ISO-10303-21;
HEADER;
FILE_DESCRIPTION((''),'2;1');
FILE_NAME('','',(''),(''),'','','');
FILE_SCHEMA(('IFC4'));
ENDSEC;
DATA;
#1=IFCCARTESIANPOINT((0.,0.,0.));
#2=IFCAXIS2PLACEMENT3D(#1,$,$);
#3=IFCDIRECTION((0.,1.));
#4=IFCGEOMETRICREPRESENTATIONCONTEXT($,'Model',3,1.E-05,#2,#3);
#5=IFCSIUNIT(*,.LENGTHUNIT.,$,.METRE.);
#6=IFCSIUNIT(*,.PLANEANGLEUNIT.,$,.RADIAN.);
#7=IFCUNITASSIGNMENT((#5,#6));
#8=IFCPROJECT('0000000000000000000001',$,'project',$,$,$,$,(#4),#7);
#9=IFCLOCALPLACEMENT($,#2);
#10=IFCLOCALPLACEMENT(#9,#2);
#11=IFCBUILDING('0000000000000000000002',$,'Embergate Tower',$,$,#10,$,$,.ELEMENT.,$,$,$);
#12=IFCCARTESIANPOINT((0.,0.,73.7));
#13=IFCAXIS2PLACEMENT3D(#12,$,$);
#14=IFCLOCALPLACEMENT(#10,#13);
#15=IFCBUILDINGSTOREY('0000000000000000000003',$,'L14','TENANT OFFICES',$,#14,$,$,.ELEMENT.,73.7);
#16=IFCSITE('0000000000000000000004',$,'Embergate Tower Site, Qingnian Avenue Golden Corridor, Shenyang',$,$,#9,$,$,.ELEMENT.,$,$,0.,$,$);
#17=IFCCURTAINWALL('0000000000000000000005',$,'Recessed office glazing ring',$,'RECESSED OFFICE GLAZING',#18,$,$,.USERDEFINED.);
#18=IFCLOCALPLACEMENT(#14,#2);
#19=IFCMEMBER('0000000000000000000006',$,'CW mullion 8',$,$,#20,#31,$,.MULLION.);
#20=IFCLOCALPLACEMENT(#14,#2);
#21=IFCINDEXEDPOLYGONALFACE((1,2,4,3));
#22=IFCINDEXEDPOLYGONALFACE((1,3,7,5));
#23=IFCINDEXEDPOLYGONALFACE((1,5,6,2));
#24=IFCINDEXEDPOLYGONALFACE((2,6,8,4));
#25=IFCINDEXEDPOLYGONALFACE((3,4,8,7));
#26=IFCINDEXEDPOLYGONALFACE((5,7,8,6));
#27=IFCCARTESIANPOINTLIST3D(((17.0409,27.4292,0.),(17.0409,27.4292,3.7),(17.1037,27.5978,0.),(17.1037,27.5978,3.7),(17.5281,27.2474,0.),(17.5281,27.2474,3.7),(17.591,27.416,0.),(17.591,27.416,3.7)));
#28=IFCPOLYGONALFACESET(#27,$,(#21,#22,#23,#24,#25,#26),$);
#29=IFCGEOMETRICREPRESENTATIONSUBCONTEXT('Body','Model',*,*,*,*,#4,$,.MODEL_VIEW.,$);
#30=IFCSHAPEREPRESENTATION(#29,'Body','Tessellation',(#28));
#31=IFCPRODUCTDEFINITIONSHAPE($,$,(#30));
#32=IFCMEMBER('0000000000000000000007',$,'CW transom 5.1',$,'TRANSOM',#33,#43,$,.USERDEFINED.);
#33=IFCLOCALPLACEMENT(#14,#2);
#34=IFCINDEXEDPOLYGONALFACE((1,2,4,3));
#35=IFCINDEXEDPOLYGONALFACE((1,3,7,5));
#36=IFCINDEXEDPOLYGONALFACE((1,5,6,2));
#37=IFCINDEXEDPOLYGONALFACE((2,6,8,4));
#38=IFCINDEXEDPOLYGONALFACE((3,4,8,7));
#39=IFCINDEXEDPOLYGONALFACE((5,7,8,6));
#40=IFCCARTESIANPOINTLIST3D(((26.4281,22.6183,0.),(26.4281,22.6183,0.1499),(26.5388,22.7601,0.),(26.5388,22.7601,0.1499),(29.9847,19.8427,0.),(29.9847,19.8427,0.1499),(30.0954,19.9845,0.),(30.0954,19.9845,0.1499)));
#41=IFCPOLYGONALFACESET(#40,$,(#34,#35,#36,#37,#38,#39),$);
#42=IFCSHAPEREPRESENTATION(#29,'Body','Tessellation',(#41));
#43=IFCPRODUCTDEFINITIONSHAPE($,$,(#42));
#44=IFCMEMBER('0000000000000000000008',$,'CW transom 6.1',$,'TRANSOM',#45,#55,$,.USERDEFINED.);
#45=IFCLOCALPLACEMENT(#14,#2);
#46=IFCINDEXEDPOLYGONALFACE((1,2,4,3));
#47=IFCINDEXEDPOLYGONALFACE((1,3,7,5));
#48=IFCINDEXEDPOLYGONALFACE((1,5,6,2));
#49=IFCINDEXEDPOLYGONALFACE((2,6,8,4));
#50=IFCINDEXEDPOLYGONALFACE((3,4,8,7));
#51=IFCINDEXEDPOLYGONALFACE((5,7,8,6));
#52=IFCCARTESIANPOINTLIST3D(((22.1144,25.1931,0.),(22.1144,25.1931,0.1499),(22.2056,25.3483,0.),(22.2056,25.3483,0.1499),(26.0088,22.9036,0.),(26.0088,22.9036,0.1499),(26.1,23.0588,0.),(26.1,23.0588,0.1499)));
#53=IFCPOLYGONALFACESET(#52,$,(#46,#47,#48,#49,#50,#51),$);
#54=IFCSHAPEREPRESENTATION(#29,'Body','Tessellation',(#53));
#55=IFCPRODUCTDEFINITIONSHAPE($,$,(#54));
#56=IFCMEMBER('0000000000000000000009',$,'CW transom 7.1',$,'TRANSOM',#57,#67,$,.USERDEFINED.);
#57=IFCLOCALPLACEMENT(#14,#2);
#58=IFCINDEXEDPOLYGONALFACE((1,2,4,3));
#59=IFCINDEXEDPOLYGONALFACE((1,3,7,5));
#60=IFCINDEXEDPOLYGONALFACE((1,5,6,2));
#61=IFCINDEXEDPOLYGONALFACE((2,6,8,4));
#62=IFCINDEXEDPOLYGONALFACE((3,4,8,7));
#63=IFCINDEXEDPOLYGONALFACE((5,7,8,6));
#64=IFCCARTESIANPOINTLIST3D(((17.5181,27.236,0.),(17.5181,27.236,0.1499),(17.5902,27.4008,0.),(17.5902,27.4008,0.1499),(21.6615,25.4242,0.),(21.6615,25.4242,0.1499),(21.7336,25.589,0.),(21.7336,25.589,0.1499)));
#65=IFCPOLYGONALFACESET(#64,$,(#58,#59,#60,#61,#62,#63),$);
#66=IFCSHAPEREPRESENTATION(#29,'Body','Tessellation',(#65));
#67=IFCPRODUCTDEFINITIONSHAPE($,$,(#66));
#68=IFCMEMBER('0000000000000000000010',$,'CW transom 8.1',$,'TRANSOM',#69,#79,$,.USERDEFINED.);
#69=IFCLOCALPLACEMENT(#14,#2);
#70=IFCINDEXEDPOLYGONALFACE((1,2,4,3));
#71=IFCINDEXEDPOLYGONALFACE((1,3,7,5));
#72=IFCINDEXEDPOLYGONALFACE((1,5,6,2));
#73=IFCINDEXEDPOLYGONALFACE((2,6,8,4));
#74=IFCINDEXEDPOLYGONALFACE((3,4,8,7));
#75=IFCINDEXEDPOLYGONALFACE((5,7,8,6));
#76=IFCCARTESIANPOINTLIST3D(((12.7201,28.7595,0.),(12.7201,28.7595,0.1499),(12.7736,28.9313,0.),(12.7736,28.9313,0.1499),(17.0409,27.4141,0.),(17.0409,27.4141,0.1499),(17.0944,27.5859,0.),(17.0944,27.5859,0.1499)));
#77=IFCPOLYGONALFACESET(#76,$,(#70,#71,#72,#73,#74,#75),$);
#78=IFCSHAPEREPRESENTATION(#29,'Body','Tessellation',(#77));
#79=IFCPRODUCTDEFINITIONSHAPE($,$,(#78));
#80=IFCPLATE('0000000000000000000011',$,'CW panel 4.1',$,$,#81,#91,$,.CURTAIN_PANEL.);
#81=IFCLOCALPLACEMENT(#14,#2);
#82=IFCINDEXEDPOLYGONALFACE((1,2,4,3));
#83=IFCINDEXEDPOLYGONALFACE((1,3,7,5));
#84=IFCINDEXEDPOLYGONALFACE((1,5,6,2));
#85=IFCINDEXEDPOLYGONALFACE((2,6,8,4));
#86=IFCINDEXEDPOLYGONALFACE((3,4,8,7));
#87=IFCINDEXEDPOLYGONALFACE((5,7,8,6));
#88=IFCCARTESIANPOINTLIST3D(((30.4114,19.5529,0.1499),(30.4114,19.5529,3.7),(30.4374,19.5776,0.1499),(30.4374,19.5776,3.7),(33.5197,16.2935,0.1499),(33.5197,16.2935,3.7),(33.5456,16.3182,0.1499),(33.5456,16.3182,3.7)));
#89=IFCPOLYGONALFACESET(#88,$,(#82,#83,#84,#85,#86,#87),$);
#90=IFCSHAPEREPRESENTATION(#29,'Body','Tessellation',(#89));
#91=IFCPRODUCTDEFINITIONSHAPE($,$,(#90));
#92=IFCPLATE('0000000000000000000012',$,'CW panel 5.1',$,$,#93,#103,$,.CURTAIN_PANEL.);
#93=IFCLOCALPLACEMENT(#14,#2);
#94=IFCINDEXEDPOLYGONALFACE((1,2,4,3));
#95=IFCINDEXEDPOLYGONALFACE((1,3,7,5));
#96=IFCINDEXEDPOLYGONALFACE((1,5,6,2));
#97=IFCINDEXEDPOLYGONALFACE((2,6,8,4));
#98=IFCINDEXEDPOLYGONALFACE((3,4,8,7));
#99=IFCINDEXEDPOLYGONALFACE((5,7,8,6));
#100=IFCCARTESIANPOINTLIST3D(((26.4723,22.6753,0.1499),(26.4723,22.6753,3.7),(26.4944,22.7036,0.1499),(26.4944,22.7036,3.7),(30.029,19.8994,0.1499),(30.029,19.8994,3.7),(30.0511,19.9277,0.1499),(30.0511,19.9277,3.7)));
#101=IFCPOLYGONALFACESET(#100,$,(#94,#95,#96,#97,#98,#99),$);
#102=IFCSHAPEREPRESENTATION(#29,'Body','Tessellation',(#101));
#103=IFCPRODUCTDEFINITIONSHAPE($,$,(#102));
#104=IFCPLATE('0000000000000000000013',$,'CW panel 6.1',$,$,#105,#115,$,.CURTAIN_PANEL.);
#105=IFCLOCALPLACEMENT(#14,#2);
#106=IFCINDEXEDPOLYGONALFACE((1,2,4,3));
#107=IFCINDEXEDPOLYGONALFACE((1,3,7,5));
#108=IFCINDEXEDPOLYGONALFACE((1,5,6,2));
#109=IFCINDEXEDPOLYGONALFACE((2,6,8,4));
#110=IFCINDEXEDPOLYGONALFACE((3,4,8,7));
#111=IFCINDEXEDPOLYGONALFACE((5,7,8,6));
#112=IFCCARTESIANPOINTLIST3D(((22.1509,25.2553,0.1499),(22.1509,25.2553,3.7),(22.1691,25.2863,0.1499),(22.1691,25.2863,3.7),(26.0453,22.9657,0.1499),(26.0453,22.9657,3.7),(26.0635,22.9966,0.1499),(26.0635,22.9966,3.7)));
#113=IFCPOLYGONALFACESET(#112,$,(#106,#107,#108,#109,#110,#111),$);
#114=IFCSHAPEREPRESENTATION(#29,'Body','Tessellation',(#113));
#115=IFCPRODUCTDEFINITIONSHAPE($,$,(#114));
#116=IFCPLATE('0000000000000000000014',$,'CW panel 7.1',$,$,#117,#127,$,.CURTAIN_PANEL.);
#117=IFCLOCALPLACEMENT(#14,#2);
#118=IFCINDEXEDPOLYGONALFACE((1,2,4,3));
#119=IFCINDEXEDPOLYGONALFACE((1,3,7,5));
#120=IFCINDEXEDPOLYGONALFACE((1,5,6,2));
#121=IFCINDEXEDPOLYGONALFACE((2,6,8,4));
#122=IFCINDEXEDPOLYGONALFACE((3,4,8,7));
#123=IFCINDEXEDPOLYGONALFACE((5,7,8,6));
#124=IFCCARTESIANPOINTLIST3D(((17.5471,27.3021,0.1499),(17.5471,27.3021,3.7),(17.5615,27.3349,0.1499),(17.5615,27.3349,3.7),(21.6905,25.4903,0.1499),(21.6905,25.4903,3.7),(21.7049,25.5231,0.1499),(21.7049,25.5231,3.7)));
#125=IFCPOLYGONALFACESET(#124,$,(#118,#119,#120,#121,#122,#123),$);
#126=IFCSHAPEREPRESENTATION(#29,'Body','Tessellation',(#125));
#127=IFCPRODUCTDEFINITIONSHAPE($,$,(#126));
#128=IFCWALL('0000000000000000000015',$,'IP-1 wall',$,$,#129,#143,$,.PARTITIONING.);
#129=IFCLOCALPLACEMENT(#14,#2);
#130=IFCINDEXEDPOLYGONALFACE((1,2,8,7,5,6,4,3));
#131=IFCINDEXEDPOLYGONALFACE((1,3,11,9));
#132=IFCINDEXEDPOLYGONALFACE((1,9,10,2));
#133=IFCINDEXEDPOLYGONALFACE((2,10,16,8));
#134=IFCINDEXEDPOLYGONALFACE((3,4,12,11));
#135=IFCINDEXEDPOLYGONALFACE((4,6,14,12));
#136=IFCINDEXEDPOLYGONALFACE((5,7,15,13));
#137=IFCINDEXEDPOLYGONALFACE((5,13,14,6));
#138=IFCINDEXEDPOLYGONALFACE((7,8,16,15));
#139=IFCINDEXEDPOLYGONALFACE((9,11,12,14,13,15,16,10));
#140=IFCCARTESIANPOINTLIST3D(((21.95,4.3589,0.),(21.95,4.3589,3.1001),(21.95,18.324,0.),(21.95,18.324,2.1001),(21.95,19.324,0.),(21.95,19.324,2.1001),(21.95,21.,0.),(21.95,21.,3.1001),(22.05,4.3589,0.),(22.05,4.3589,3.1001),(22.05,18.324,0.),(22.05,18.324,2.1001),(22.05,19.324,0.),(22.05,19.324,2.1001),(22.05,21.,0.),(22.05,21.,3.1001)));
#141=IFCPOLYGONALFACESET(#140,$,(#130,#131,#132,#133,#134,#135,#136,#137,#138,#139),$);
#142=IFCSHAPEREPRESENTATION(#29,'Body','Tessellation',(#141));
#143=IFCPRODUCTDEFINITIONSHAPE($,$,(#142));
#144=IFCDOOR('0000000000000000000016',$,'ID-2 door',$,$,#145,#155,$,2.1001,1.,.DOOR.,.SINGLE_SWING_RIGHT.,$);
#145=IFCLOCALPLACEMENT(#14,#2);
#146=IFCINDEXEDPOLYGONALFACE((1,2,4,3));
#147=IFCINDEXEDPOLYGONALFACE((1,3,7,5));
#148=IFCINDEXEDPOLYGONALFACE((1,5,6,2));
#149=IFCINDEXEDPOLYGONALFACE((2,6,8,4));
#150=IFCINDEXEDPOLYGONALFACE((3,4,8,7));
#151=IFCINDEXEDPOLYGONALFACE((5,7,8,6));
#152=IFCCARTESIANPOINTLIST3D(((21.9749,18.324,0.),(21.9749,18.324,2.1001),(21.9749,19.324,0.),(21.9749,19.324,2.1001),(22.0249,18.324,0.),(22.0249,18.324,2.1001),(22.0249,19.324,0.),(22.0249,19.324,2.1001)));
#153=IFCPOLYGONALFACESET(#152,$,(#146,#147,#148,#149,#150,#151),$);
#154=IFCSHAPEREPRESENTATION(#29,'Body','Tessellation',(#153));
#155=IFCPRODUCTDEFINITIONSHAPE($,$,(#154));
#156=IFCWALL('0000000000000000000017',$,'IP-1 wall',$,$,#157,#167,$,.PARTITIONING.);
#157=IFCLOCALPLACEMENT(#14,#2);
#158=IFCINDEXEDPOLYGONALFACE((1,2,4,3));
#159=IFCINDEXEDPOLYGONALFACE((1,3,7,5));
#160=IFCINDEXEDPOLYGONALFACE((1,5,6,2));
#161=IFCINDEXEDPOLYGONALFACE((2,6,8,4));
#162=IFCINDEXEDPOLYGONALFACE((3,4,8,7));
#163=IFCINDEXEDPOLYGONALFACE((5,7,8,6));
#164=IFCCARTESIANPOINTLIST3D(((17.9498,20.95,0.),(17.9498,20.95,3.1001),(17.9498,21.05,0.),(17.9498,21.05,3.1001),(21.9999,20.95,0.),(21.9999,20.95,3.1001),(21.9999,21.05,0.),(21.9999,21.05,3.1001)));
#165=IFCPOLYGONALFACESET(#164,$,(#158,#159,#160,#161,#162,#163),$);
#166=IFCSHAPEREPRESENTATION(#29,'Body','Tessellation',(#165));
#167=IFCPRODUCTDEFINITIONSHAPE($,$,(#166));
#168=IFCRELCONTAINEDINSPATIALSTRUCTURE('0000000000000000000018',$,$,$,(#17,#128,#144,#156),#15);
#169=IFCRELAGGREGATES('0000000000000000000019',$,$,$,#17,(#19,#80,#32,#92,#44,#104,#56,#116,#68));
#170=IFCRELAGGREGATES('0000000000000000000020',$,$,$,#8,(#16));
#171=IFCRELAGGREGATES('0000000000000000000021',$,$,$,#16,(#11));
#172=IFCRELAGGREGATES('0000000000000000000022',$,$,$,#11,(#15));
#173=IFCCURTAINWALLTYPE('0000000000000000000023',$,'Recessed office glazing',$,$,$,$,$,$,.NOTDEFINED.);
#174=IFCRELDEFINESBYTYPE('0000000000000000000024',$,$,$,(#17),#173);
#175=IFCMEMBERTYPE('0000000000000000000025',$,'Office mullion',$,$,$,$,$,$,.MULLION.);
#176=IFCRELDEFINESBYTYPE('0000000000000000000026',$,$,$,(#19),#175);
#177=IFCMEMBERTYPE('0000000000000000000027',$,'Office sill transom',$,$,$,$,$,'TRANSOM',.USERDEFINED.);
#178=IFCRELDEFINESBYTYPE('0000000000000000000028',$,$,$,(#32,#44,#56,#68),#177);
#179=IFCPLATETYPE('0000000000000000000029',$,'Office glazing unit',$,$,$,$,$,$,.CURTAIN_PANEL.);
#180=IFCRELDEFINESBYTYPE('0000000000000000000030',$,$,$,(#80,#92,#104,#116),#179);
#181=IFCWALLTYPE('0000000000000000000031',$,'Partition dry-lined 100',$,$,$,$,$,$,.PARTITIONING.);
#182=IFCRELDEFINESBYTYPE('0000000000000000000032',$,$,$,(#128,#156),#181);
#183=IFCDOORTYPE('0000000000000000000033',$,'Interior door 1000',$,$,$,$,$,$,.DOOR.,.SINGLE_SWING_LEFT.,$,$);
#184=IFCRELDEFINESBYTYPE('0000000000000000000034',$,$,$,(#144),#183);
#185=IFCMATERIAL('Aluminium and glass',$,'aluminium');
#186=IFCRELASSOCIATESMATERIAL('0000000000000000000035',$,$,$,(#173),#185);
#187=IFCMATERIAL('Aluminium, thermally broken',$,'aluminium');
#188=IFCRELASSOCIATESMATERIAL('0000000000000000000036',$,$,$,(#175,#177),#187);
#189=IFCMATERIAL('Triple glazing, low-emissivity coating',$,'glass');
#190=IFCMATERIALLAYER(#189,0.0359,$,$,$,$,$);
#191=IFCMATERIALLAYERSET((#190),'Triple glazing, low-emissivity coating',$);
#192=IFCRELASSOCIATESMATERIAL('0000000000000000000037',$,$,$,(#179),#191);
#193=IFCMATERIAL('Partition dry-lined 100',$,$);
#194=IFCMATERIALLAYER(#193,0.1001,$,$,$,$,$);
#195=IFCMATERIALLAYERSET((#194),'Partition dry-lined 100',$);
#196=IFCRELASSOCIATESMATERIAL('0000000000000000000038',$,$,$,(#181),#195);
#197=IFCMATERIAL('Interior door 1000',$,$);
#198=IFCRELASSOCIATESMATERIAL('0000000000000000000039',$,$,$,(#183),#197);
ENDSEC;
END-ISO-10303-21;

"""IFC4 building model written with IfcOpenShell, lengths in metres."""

from ifc_helpers import new_model, si_unit, direction, frame, frame_2d, origin, origin_2d, place, context, subcontext, project, spatial, rectangle, extrude, source, transform, mapped, material, layer, layer_set, material_profile, profile_set, type_object, element, fill, aggregate, save


model = new_model("IFC4")

# Units and contexts
model_context = context("Model", 3, precision=1e-05, world=origin(), true_north=direction((0.0, 1.0)))
body_context = subcontext(model_context, "Body", "Model", "MODEL_VIEW")
ifc_project = project(units=[si_unit("LENGTHUNIT", "METRE"), si_unit("PLANEANGLEUNIT", "RADIAN")], contexts=[model_context])

# Site, building, storey
site_placement = place(None, origin())
site = spatial("IfcSite", under=ifc_project, at=site_placement, Name="Embergate Tower Site, Qingnian Avenue Golden Corridor, Shenyang", CompositionType="ELEMENT", RefElevation=0.0)
building_placement = place(site_placement, origin())
building = spatial("IfcBuilding", under=site, at=building_placement, Name="Embergate Tower", CompositionType="ELEMENT")
storey_placement = place(building_placement, frame((0.0, 0.0, 73.7)))
storey = spatial("IfcBuildingStorey", under=building, at=storey_placement, Name="L14", Description="TENANT OFFICES", CompositionType="ELEMENT", Elevation=73.7)

# Curtain wall, members, plates
ifc_material_1 = material(Name="Aluminium and glass", Category="aluminium")
curtain_wall_type = type_object("IfcCurtainWallType", Name="Recessed office glazing", PredefinedType="NOTDEFINED", material=ifc_material_1)
curtain_wall_placement = place(storey_placement, origin())
curtain_wall = element("IfcCurtainWall", 1, at=curtain_wall_placement, inside=storey, type_object=curtain_wall_type, Name="Recessed office glazing ring", ObjectType="RECESSED OFFICE GLAZING", PredefinedType="USERDEFINED")
ifc_material_2 = material(Name="Aluminium, thermally broken", Category="aluminium")
ifc_material_profile_1 = material_profile(ifc_material_2, rectangle(XDim=0.1799, YDim=0.52, at=origin_2d()), Name="AL 520x180")
ifc_profile_set_1 = profile_set([ifc_material_profile_1], Name="Aluminium, thermally broken")
member_type_1 = type_object("IfcMemberType", Name="Office mullion", PredefinedType="MULLION", material=ifc_profile_set_1)
shared_shape_1 = source(origin(), body_context, "Body", "SweptSolid", [
    extrude(rectangle(XDim=0.1799, YDim=0.52, at=origin_2d()), origin(), (0.0, 0.0, 1.0), 3.7),
])
member_1_placement = place(storey_placement, frame((17.3159, 27.4226, 0.0), z_axis=(0.0, 0.0, 1.0), x_axis=(-0.349508, -0.936934, 0.0)))
member_1 = element("IfcMember", 2, at=member_1_placement, type_object=member_type_1, Name="CW mullion 8", PredefinedType="MULLION", context=body_context, shape_type="MappedRepresentation", body=[
    mapped(shared_shape_1, transform((0.0, 0.0, 0.0))),
])
ifc_material_profile_2 = material_profile(ifc_material_2, rectangle(XDim=0.1799, YDim=0.1499, at=origin_2d()), Name="AL 150x180")
ifc_profile_set_2 = profile_set([ifc_material_profile_2], Name="Aluminium, thermally broken")
member_type_2 = type_object("IfcMemberType", Name="Office sill transom", ElementType="TRANSOM", PredefinedType="USERDEFINED", material=ifc_profile_set_2)
shared_shape_2 = source(origin(), body_context, "Body", "SweptSolid", [
    extrude(rectangle(XDim=0.1799, YDim=0.1499, at=origin_2d()), origin(), (0.0, 0.0, 1.0), 4.5115),
])
member_2_placement = place(storey_placement, frame((30.04, 19.9136, 0.075), z_axis=(-0.788346, 0.615232, 0.0), x_axis=(-0.615232, -0.788346, 0.0)))
member_2 = element("IfcMember", 3, at=member_2_placement, type_object=member_type_2, Name="CW transom 5.1", ObjectType="TRANSOM", PredefinedType="USERDEFINED", context=body_context, shape_type="MappedRepresentation", body=[
    mapped(shared_shape_2, transform((0.0, 0.0, 0.0))),
])
shared_shape_3 = source(origin(), body_context, "Body", "SweptSolid", [
    extrude(rectangle(XDim=0.1799, YDim=0.1499, at=origin_2d()), origin(), (0.0, 0.0, 1.0), 4.5176),
])
member_3_placement = place(storey_placement, frame((26.0544, 22.9812, 0.075), z_axis=(-0.862065, 0.506798, 0.0), x_axis=(-0.506798, -0.862065, 0.0)))
member_3 = element("IfcMember", 4, at=member_3_placement, type_object=member_type_2, Name="CW transom 6.1", ObjectType="TRANSOM", PredefinedType="USERDEFINED", context=body_context, shape_type="MappedRepresentation", body=[
    mapped(shared_shape_3, transform((0.0, 0.0, 0.0))),
])
shared_shape_4 = source(origin(), body_context, "Body", "SweptSolid", [
    extrude(rectangle(XDim=0.1799, YDim=0.1499, at=origin_2d()), origin(), (0.0, 0.0, 1.0), 4.5222),
])
member_4_placement = place(storey_placement, frame((21.6975, 25.5066, 0.075), z_axis=(-0.916233, 0.400646, 0.0), x_axis=(-0.400646, -0.916233, 0.0)))
member_4 = element("IfcMember", 5, at=member_4_placement, type_object=member_type_2, Name="CW transom 7.1", ObjectType="TRANSOM", PredefinedType="USERDEFINED", context=body_context, shape_type="MappedRepresentation", body=[
    mapped(shared_shape_4, transform((0.0, 0.0, 0.0))),
])
shared_shape_5 = source(origin(), body_context, "Body", "SweptSolid", [
    extrude(rectangle(XDim=0.1799, YDim=0.1499, at=origin_2d()), origin(), (0.0, 0.0, 1.0), 4.5254),
])
member_5_placement = place(storey_placement, frame((17.0676, 27.5, 0.075), z_axis=(-0.954781, 0.29731, 0.0), x_axis=(-0.29731, -0.954781, 0.0)))
member_5 = element("IfcMember", 6, at=member_5_placement, type_object=member_type_2, Name="CW transom 8.1", ObjectType="TRANSOM", PredefinedType="USERDEFINED", context=body_context, shape_type="MappedRepresentation", body=[
    mapped(shared_shape_5, transform((0.0, 0.0, 0.0))),
])
ifc_material_3 = material(Name="Triple glazing, low-emissivity coating", Category="glass")
ifc_layer_1 = layer(ifc_material_3, 0.0359)
ifc_layer_set_1 = layer_set([ifc_layer_1], Name="Triple glazing, low-emissivity coating")
plate_type = type_object("IfcPlateType", Name="Office glazing unit", PredefinedType="CURTAIN_PANEL", material=ifc_layer_set_1)
shared_shape_6 = source(origin(), body_context, "Body", "SweptSolid", [
    extrude(rectangle(XDim=4.5039, YDim=0.0359, at=origin_2d()), origin(), (0.0, 0.0, 1.0), 3.55),
])
plate_1_placement = place(storey_placement, frame((31.9785, 17.9355, 0.1499), z_axis=(0.0, 0.0, 1.0), x_axis=(-0.69013, 0.723685, 0.0)))
plate_1 = element("IfcPlate", 7, at=plate_1_placement, type_object=plate_type, Name="CW panel 4.1", PredefinedType="CURTAIN_PANEL", context=body_context, shape_type="MappedRepresentation", body=[
    mapped(shared_shape_6, transform((0.0, 0.0, 0.0))),
])
shared_shape_7 = source(origin(), body_context, "Body", "SweptSolid", [
    extrude(rectangle(XDim=4.5117, YDim=0.0359, at=origin_2d()), origin(), (0.0, 0.0, 1.0), 3.55),
])
plate_2_placement = place(storey_placement, frame((28.2617, 21.3015, 0.1499), z_axis=(0.0, 0.0, 1.0), x_axis=(-0.788317, 0.615269, 0.0)))
plate_2 = element("IfcPlate", 8, at=plate_2_placement, type_object=plate_type, Name="CW panel 5.1", PredefinedType="CURTAIN_PANEL", context=body_context, shape_type="MappedRepresentation", body=[
    mapped(shared_shape_7, transform((0.0, 0.0, 0.0))),
])
shared_shape_8 = source(origin(), body_context, "Body", "SweptSolid", [
    extrude(rectangle(XDim=4.5176, YDim=0.0359, at=origin_2d()), origin(), (0.0, 0.0, 1.0), 3.55),
])
plate_3_placement = place(storey_placement, frame((24.1072, 24.126, 0.1499), z_axis=(0.0, 0.0, 1.0), x_axis=(-0.862051, 0.506822, 0.0)))
plate_3 = element("IfcPlate", 9, at=plate_3_placement, type_object=plate_type, Name="CW panel 6.1", PredefinedType="CURTAIN_PANEL", context=body_context, shape_type="MappedRepresentation", body=[
    mapped(shared_shape_8, transform((0.0, 0.0, 0.0))),
])
shared_shape_9 = source(origin(), body_context, "Body", "SweptSolid", [
    extrude(rectangle(XDim=4.5222, YDim=0.0359, at=origin_2d()), origin(), (0.0, 0.0, 1.0), 3.55),
])
plate_4_placement = place(storey_placement, frame((19.626, 26.4126, 0.1499), z_axis=(0.0, 0.0, 1.0), x_axis=(-0.916234, 0.400643, 0.0)))
plate_4 = element("IfcPlate", 10, at=plate_4_placement, type_object=plate_type, Name="CW panel 7.1", PredefinedType="CURTAIN_PANEL", context=body_context, shape_type="MappedRepresentation", body=[
    mapped(shared_shape_9, transform((0.0, 0.0, 0.0))),
])
aggregate(curtain_wall, [member_1, plate_1, member_2, plate_2, member_3, plate_3, member_4, plate_4, member_5])

# Wall, opening, door
ifc_material_4 = material(Name="Partition dry-lined 100")
ifc_layer_2 = layer(ifc_material_4, 0.1001)
ifc_layer_set_2 = layer_set([ifc_layer_2], Name="Partition dry-lined 100")
wall_type = type_object("IfcWallType", Name="Partition dry-lined 100", PredefinedType="PARTITIONING", material=ifc_layer_set_2)
shared_shape_10 = source(origin(), body_context, "Body", "SweptSolid", [
    extrude(rectangle(XDim=16.6411, YDim=0.1001, at=frame_2d((8.3206, 0.0))), origin(), (0.0, 0.0, 1.0), 3.1001),
])
wall_1_placement = place(storey_placement, frame((22.0, 21.0, 0.0), z_axis=(0.0, 0.0, 1.0), x_axis=(0.0, -1.0, 0.0)))
wall_1 = element("IfcWall", 11, at=wall_1_placement, inside=storey, type_object=wall_type, Name="IP-1 wall", PredefinedType="PARTITIONING", context=body_context, shape_type="MappedRepresentation", body=[
    mapped(shared_shape_10, transform((0.0, 0.0, 0.0))),
])
shared_shape_11 = source(origin(), body_context, "Body", "SweptSolid", [
    extrude(rectangle(XDim=1.0, YDim=2.1001, at=frame_2d((0.5, 1.05))), frame((0.0, 0.0601, 0.0), z_axis=(0.0, -1.0, 0.0), x_axis=(1.0, 0.0, 0.0)), (0.0, 0.0, 1.0), 0.1201),
])
opening_placement = place(wall_1_placement, frame((1.676, 0.0, 0.0)))
opening = element("IfcOpeningElement", 12, at=opening_placement, cuts=wall_1, PredefinedType="OPENING", context=body_context, shape_type="MappedRepresentation", body=[
    mapped(shared_shape_11, transform((0.0, 0.0, 0.0))),
])
ifc_material_5 = material(Name="Interior door 1000")
door_type = type_object("IfcDoorType", Name="Interior door 1000", OperationType="SINGLE_SWING_LEFT", PredefinedType="DOOR", material=ifc_material_5)
shared_shape_12 = source(origin(), body_context, "Body", "SweptSolid", [
    extrude(rectangle(XDim=1.0, YDim=2.1001, at=frame_2d((0.5, 1.05))), frame((0.0, 0.0249, 0.0), z_axis=(0.0, -1.0, 0.0), x_axis=(1.0, 0.0, 0.0)), (0.0, 0.0, 1.0), 0.05),
])
door_placement = place(opening_placement, origin())
door = element("IfcDoor", 13, at=door_placement, inside=storey, type_object=door_type, Name="ID-2 door", OperationType="SINGLE_SWING_RIGHT", OverallHeight=2.1001, OverallWidth=1.0, PredefinedType="DOOR", context=body_context, shape_type="MappedRepresentation", body=[
    mapped(shared_shape_12, transform((0.0, 0.0, 0.0))),
])
fill(opening, door)

# Wall
shared_shape_13 = source(origin(), body_context, "Body", "SweptSolid", [
    extrude(rectangle(XDim=4.05, YDim=0.1001, at=frame_2d((2.0249, 0.0))), origin(), (0.0, 0.0, 1.0), 3.1001),
])
wall_2_placement = place(storey_placement, frame((17.95, 21.0, 0.0), z_axis=(0.0, 0.0, 1.0), x_axis=(1.0, 0.0, 0.0)))
element("IfcWall", 14, at=wall_2_placement, inside=storey, type_object=wall_type, Name="IP-1 wall", PredefinedType="PARTITIONING", context=body_context, shape_type="MappedRepresentation", body=[
    mapped(shared_shape_13, transform((0.0, 0.0, 0.0))),
])

save(model, "model.ifc")
